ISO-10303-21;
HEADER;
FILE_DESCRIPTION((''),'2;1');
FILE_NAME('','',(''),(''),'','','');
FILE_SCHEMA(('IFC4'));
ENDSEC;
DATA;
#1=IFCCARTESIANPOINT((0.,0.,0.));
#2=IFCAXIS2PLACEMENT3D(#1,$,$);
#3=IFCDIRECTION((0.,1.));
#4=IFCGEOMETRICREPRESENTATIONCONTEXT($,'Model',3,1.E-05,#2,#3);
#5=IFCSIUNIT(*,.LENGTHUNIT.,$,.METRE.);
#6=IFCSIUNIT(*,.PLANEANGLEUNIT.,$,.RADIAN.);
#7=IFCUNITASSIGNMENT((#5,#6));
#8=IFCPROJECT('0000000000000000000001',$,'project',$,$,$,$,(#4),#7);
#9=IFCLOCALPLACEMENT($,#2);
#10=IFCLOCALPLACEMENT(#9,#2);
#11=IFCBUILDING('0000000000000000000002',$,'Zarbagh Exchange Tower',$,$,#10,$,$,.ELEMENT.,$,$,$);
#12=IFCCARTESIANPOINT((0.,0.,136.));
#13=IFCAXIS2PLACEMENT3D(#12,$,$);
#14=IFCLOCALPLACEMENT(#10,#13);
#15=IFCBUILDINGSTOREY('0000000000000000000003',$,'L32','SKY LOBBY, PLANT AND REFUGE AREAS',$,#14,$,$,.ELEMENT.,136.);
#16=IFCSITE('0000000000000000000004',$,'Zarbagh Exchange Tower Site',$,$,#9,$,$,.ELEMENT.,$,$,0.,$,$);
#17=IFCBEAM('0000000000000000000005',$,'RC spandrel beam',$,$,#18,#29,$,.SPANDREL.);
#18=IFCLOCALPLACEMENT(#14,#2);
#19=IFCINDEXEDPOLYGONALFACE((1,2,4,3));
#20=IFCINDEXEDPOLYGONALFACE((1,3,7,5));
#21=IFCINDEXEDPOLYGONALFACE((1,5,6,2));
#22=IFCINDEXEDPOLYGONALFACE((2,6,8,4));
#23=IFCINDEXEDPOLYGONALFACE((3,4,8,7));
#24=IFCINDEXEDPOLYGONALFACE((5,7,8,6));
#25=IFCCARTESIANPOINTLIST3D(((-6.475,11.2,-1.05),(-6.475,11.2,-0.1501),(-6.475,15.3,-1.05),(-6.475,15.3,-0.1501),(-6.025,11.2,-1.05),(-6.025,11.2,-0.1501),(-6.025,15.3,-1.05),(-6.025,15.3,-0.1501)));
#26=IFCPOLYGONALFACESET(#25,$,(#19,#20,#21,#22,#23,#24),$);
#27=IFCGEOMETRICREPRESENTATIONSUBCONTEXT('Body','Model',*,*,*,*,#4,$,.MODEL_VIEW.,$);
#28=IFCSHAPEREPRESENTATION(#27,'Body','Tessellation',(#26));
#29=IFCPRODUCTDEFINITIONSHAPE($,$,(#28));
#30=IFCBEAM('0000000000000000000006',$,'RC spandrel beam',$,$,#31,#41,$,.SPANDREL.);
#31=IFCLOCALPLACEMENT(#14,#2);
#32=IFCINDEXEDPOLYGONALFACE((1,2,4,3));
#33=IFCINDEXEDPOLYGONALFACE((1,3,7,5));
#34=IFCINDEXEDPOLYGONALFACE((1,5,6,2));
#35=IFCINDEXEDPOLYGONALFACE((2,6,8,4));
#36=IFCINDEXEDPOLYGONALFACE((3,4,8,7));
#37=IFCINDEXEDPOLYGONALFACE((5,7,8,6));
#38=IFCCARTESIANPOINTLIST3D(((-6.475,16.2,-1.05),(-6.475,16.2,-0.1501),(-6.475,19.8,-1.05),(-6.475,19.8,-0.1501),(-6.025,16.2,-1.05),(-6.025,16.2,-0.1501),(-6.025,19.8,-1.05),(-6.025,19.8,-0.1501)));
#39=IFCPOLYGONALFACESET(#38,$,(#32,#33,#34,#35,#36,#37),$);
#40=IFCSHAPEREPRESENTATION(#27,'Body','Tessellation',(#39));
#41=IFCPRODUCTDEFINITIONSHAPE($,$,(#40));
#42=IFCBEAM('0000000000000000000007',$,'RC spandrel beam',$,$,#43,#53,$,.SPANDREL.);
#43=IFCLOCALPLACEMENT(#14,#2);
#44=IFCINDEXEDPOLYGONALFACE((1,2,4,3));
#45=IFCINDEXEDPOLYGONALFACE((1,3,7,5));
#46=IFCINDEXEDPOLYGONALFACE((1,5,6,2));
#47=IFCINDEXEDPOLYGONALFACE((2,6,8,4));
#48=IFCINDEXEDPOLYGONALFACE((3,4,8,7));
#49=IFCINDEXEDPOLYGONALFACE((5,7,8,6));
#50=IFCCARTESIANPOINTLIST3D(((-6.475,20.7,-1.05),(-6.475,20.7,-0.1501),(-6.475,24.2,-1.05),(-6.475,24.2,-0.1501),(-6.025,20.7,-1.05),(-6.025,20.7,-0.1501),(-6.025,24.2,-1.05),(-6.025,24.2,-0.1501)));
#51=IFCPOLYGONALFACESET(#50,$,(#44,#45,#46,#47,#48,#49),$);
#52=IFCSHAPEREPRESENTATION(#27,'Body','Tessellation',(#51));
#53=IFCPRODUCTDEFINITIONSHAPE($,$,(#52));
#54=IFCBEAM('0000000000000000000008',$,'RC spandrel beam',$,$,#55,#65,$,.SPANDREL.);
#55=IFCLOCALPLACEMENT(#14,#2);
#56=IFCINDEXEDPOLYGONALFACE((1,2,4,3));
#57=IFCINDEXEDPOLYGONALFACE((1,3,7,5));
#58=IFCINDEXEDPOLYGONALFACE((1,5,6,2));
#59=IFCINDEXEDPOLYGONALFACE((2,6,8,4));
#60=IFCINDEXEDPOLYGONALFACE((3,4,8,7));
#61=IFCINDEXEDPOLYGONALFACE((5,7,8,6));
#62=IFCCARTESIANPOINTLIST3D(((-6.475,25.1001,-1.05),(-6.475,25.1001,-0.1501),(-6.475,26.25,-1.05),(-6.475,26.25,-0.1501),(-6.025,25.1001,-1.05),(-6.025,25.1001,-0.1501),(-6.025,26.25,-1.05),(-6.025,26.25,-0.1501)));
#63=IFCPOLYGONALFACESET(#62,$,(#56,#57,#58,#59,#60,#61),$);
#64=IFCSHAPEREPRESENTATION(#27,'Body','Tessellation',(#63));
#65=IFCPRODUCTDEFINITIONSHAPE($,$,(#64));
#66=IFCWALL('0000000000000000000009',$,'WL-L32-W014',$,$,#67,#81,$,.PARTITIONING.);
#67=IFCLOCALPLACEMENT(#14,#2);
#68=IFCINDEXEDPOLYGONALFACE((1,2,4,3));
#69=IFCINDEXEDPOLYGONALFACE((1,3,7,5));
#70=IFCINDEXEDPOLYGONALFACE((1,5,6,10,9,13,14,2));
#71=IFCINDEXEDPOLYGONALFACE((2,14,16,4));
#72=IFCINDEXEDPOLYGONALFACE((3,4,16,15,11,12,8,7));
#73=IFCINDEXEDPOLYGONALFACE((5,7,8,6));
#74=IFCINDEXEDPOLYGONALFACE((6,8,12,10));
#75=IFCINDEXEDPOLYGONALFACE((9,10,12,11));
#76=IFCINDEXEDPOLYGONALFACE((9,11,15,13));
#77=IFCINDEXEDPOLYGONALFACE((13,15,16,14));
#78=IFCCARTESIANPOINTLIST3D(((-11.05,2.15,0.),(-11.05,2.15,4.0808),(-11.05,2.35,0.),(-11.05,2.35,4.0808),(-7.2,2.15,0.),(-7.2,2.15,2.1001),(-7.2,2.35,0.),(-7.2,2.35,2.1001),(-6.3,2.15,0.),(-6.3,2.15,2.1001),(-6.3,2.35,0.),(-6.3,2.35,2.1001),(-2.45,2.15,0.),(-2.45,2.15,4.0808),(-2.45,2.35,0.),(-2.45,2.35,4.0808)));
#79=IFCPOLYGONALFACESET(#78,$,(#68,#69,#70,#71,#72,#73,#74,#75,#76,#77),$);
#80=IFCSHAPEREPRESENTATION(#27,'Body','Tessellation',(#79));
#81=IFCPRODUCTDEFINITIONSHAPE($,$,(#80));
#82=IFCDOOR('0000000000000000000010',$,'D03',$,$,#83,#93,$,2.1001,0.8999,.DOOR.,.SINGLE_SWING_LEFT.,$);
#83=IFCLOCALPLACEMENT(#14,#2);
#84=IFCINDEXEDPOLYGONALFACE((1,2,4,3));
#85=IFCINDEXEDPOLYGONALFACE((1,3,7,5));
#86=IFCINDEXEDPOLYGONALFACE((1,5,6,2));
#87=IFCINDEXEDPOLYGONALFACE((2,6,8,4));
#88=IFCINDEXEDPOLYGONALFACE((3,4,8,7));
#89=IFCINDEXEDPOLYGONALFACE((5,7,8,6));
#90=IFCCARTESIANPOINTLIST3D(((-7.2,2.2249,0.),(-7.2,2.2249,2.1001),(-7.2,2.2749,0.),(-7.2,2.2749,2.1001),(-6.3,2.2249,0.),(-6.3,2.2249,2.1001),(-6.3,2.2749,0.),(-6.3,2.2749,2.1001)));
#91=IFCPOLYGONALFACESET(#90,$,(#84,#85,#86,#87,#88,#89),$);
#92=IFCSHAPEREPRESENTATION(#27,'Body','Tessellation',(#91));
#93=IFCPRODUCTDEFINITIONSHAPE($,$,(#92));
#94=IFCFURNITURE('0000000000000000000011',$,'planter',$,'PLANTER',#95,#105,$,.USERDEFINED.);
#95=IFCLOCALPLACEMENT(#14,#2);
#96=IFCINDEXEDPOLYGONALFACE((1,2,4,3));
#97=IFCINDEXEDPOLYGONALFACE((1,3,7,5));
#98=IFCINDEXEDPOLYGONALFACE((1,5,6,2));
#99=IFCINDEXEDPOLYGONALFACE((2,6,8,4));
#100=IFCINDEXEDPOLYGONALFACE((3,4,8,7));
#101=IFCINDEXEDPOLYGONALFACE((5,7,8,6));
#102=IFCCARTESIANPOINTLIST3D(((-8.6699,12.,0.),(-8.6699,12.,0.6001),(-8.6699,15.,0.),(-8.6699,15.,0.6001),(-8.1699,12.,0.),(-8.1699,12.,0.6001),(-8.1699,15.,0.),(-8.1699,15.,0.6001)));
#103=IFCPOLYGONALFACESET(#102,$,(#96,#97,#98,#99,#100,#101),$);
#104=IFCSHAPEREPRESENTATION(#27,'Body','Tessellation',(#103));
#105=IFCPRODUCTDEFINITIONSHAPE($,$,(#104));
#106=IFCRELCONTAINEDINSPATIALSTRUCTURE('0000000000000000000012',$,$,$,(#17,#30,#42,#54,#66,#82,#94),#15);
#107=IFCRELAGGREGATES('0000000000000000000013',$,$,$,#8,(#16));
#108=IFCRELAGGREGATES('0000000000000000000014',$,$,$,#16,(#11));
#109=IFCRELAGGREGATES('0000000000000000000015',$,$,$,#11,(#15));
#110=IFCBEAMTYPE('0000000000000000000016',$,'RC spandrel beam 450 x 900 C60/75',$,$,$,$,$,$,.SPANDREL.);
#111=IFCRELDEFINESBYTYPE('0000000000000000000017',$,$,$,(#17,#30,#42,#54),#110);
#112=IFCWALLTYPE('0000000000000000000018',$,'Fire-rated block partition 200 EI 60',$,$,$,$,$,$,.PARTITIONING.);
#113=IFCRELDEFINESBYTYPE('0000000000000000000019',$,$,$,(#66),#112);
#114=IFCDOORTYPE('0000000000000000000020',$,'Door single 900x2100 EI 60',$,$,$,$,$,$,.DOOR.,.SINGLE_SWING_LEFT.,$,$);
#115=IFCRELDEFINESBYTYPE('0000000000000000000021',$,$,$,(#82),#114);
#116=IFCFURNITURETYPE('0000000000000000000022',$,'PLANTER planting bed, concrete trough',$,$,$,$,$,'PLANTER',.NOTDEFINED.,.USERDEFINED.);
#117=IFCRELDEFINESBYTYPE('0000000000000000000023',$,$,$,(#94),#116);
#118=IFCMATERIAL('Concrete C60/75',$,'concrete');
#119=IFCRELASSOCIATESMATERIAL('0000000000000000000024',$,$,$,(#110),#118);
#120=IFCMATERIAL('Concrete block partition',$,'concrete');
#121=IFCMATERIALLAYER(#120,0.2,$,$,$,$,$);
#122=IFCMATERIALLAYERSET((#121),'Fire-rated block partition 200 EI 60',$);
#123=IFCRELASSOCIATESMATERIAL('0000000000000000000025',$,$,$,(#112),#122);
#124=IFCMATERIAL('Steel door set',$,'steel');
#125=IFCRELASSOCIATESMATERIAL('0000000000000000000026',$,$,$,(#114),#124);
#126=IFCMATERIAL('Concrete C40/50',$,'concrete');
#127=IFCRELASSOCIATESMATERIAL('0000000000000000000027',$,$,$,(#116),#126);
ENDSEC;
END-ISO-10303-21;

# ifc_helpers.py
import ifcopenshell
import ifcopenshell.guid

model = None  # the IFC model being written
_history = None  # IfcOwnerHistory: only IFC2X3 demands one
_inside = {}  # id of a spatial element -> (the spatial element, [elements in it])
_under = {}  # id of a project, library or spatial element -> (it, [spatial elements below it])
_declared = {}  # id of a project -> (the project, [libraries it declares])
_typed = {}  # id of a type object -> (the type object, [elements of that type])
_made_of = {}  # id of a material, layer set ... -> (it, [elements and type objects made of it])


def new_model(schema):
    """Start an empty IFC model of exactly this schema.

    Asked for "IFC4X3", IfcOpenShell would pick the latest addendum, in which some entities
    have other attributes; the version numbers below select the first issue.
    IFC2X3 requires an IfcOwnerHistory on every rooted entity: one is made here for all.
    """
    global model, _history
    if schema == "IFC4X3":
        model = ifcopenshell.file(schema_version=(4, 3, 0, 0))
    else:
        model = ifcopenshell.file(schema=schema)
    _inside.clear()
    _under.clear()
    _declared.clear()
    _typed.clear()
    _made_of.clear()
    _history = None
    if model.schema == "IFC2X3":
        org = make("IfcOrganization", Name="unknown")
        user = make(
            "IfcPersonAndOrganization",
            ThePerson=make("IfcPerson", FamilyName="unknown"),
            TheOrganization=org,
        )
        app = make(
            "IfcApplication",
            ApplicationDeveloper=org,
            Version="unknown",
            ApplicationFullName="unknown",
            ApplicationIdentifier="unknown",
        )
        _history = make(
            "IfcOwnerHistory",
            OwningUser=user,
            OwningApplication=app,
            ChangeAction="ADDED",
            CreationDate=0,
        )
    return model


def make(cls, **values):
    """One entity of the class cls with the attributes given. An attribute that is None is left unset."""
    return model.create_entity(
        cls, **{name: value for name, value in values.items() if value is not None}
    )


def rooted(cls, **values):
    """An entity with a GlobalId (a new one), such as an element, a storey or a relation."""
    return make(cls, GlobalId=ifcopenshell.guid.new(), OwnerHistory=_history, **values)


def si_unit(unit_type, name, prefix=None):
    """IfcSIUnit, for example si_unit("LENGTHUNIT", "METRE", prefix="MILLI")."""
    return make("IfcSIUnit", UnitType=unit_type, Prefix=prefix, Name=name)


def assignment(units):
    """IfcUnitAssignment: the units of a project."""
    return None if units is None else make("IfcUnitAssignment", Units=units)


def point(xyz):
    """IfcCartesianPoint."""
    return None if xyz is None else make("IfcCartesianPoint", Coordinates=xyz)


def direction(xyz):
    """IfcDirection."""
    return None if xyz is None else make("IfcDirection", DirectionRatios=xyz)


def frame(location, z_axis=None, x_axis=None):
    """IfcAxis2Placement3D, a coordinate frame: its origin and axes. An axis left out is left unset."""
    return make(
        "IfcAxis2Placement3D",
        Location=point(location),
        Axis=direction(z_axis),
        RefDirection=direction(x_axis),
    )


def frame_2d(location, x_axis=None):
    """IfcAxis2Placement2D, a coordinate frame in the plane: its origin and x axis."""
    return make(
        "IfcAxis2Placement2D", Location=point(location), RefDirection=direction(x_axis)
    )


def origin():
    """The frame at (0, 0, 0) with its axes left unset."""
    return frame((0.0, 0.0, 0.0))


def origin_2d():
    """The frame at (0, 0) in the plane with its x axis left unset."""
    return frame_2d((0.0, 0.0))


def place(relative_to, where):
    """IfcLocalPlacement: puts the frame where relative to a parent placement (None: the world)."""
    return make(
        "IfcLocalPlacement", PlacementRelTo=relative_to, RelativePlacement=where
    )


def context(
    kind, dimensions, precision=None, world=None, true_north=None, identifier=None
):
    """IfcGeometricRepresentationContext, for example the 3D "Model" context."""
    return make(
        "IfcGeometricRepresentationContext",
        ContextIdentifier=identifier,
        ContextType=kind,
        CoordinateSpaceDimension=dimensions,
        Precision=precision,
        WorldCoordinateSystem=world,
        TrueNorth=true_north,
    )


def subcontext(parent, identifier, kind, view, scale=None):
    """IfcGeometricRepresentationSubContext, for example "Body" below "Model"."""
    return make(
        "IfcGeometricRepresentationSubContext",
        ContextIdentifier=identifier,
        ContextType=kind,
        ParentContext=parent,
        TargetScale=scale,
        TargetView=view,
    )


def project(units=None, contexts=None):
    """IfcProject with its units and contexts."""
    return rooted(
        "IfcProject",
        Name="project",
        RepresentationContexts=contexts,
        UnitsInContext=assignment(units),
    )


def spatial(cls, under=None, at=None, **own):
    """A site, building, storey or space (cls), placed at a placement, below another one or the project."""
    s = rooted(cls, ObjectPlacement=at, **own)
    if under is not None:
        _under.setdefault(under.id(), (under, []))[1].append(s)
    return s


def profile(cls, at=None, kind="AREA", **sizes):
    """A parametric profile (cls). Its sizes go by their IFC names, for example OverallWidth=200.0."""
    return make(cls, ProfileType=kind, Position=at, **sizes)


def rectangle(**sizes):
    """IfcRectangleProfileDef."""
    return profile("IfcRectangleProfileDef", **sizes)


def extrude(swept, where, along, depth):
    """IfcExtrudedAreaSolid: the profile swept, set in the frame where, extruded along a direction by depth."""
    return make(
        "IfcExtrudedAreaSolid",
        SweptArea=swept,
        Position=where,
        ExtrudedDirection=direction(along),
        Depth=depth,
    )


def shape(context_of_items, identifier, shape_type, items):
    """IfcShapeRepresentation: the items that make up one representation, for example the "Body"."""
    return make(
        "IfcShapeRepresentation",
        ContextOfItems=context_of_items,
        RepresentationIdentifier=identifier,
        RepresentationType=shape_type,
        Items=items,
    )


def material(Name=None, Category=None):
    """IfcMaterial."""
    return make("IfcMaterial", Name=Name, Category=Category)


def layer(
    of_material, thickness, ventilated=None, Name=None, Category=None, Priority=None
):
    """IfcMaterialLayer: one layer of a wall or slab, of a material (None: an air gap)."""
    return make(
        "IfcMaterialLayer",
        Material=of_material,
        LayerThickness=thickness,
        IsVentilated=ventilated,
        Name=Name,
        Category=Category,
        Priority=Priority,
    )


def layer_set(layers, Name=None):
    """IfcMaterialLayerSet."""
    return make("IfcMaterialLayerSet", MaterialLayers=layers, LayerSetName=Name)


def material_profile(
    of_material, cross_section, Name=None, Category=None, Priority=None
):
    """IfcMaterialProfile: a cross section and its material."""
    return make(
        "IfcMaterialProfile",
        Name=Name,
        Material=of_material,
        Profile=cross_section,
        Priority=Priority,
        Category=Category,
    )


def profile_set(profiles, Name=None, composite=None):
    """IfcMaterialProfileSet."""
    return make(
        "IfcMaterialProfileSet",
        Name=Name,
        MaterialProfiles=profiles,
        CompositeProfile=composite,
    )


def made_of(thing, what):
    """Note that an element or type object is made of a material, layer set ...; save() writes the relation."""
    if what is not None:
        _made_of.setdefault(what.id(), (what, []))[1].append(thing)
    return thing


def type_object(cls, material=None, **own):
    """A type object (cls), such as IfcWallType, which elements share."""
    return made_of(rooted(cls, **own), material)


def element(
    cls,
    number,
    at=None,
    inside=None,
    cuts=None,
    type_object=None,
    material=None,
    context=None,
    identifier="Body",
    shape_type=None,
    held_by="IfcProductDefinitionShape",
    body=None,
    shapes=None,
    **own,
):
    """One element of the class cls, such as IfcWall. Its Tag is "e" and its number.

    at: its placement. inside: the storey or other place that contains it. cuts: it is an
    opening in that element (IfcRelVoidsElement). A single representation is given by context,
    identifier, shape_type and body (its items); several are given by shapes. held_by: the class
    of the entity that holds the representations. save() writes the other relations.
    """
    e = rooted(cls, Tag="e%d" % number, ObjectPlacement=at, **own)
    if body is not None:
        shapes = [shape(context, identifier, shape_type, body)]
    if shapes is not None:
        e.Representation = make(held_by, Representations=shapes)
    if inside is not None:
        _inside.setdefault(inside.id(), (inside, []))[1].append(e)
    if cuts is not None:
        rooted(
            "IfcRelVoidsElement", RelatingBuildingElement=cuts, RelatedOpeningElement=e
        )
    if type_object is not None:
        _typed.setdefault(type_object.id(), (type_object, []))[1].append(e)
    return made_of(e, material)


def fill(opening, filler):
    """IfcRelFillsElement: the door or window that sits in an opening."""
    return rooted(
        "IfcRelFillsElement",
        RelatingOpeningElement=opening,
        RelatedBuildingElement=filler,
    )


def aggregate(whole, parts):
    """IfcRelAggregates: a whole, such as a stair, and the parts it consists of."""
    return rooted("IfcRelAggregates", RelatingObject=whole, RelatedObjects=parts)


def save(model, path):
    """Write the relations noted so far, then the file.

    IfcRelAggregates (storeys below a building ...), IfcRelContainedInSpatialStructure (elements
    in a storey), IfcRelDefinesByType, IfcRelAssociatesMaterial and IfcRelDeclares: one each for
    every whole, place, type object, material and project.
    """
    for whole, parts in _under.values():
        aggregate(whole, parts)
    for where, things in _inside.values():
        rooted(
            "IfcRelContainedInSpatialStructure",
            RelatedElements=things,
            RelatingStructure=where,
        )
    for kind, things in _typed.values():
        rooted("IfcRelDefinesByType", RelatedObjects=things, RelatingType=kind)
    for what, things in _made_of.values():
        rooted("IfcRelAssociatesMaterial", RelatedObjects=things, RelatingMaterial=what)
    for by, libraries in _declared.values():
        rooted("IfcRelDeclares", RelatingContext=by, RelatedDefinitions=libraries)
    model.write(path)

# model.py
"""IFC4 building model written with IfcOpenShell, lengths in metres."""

from ifc_helpers import new_model, si_unit, direction, frame, frame_2d, origin, origin_2d, place, context, subcontext, project, spatial, rectangle, extrude, material, layer, layer_set, material_profile, profile_set, type_object, element, fill, save


model = new_model("IFC4")

# Units and contexts
model_context = context("Model", 3, precision=1e-05, world=origin(), true_north=direction((0.0, 1.0)))
body_context = subcontext(model_context, "Body", "Model", "MODEL_VIEW")
ifc_project = project(units=[si_unit("LENGTHUNIT", "METRE"), si_unit("PLANEANGLEUNIT", "RADIAN")], contexts=[model_context])

# Site, building, storey
site_placement = place(None, origin())
site = spatial("IfcSite", under=ifc_project, at=site_placement, Name="Zarbagh Exchange Tower Site", CompositionType="ELEMENT", RefElevation=0.0)
building_placement = place(site_placement, origin())
building = spatial("IfcBuilding", under=site, at=building_placement, Name="Zarbagh Exchange Tower", CompositionType="ELEMENT")
storey_placement = place(building_placement, frame((0.0, 0.0, 136.0)))
storey = spatial("IfcBuildingStorey", under=building, at=storey_placement, Name="L32", Description="SKY LOBBY, PLANT AND REFUGE AREAS", CompositionType="ELEMENT", Elevation=136.0)

# Shared definitions
ifc_material_1 = material(Name="Concrete C60/75", Category="concrete")

# Beams
ifc_material_2 = material(Name="Concrete C40/50", Category="concrete")
ifc_material_profile_1 = material_profile(ifc_material_1, rectangle(XDim=0.45, YDim=0.8999, at=origin_2d()), Name="RC spandrel beam 450 x 900 C60/75")
ifc_profile_set_1 = profile_set([ifc_material_profile_1], Name="Concrete C60/75")
beam_type_1 = type_object("IfcBeamType", Name="RC spandrel beam 450 x 900 C60/75", PredefinedType="SPANDREL", material=ifc_profile_set_1)
beam_1_placement = place(storey_placement, frame((-6.25, 11.2, -0.6001), z_axis=(0.0, 1.0, 0.0), x_axis=(-1.0, 0.0, 0.0)))
element("IfcBeam", 1, at=beam_1_placement, inside=storey, type_object=beam_type_1, Name="RC spandrel beam", PredefinedType="SPANDREL", context=body_context, shape_type="SweptSolid", body=[
    extrude(rectangle(XDim=0.45, YDim=0.8999, at=origin_2d()), origin(), (0.0, 0.0, 1.0), 4.1001),
])
beam_2_placement = place(storey_placement, frame((-6.25, 16.2, -0.6001), z_axis=(0.0, 1.0, 0.0), x_axis=(-1.0, 0.0, 0.0)))
element("IfcBeam", 2, at=beam_2_placement, inside=storey, type_object=beam_type_1, Name="RC spandrel beam", PredefinedType="SPANDREL", context=body_context, shape_type="SweptSolid", body=[
    extrude(rectangle(XDim=0.45, YDim=0.8999, at=origin_2d()), origin(), (0.0, 0.0, 1.0), 3.6001),
])
beam_3_placement = place(storey_placement, frame((-6.25, 20.7, -0.6001), z_axis=(0.0, 1.0, 0.0), x_axis=(-1.0, 0.0, 0.0)))
element("IfcBeam", 3, at=beam_3_placement, inside=storey, type_object=beam_type_1, Name="RC spandrel beam", PredefinedType="SPANDREL", context=body_context, shape_type="SweptSolid", body=[
    extrude(rectangle(XDim=0.45, YDim=0.8999, at=origin_2d()), origin(), (0.0, 0.0, 1.0), 3.5),
])
beam_4_placement = place(storey_placement, frame((-6.25, 25.1001, -0.6001), z_axis=(0.0, 1.0, 0.0), x_axis=(-1.0, 0.0, 0.0)))
element("IfcBeam", 4, at=beam_4_placement, inside=storey, type_object=beam_type_1, Name="RC spandrel beam", PredefinedType="SPANDREL", context=body_context, shape_type="SweptSolid", body=[
    extrude(rectangle(XDim=0.45, YDim=0.8999, at=origin_2d()), origin(), (0.0, 0.0, 1.0), 1.1499),
])

# Wall, opening, door
ifc_material_3 = material(Name="Concrete block partition", Category="concrete")
ifc_layer_1 = layer(ifc_material_3, 0.2)
ifc_layer_set_1 = layer_set([ifc_layer_1], Name="Fire-rated block partition 200 EI 60")
wall_type_1 = type_object("IfcWallType", Name="Fire-rated block partition 200 EI 60", PredefinedType="PARTITIONING", material=ifc_layer_set_1)
wall_1_placement = place(storey_placement, frame((-11.05, 2.25, 0.0), z_axis=(0.0, 0.0, 1.0), x_axis=(1.0, 0.0, 0.0)))
wall_1 = element("IfcWall", 5, at=wall_1_placement, inside=storey, type_object=wall_type_1, Name="WL-L32-W014", PredefinedType="PARTITIONING", context=body_context, shape_type="SweptSolid", body=[
    extrude(rectangle(XDim=8.6001, YDim=0.2, at=frame_2d((4.3, 0.0))), origin(), (0.0, 0.0, 1.0), 4.0808),
])
opening_1_placement = place(wall_1_placement, frame((3.8501, 0.0, 0.0)))
opening_1 = element("IfcOpeningElement", 6, at=opening_1_placement, cuts=wall_1, PredefinedType="OPENING", context=body_context, shape_type="SweptSolid", body=[
    extrude(rectangle(XDim=0.8999, YDim=2.1001, at=frame_2d((0.45, 1.05))), frame((0.0, 0.1099, 0.0), z_axis=(0.0, -1.0, 0.0), x_axis=(1.0, 0.0, 0.0)), (0.0, 0.0, 1.0), 0.22),
])
ifc_material_4 = material(Name="Steel door set", Category="steel")
door_type_1 = type_object("IfcDoorType", Name="Door single 900x2100 EI 60", OperationType="SINGLE_SWING_LEFT", PredefinedType="DOOR", material=ifc_material_4)
door_1_placement = place(opening_1_placement, origin())
door_1 = element("IfcDoor", 7, at=door_1_placement, inside=storey, type_object=door_type_1, Name="D03", OperationType="SINGLE_SWING_LEFT", OverallHeight=2.1001, OverallWidth=0.8999, PredefinedType="DOOR", context=body_context, shape_type="SweptSolid", body=[
    extrude(rectangle(XDim=0.8999, YDim=2.1001, at=frame_2d((0.45, 1.05))), frame((0.0, 0.0249, 0.0), z_axis=(0.0, -1.0, 0.0), x_axis=(1.0, 0.0, 0.0)), (0.0, 0.0, 1.0), 0.05),
])
fill(opening_1, door_1)

# Furniture
furniture_type = type_object("IfcFurnitureType", Name="PLANTER planting bed, concrete trough", ElementType="PLANTER", AssemblyPlace="NOTDEFINED", PredefinedType="USERDEFINED", material=ifc_material_2)
furniture_placement = place(storey_placement, frame((-8.4199, 13.5, 0.0), z_axis=(0.0, 0.0, 1.0), x_axis=(0.0, 1.0, 0.0)))
element("IfcFurniture", 8, at=furniture_placement, inside=storey, type_object=furniture_type, Name="planter", ObjectType="PLANTER", PredefinedType="USERDEFINED", context=body_context, shape_type="SweptSolid", body=[
    extrude(rectangle(XDim=3.0, YDim=0.5, at=origin_2d()), origin(), (0.0, 0.0, 1.0), 0.6001),
])

save(model, "model.ifc")
